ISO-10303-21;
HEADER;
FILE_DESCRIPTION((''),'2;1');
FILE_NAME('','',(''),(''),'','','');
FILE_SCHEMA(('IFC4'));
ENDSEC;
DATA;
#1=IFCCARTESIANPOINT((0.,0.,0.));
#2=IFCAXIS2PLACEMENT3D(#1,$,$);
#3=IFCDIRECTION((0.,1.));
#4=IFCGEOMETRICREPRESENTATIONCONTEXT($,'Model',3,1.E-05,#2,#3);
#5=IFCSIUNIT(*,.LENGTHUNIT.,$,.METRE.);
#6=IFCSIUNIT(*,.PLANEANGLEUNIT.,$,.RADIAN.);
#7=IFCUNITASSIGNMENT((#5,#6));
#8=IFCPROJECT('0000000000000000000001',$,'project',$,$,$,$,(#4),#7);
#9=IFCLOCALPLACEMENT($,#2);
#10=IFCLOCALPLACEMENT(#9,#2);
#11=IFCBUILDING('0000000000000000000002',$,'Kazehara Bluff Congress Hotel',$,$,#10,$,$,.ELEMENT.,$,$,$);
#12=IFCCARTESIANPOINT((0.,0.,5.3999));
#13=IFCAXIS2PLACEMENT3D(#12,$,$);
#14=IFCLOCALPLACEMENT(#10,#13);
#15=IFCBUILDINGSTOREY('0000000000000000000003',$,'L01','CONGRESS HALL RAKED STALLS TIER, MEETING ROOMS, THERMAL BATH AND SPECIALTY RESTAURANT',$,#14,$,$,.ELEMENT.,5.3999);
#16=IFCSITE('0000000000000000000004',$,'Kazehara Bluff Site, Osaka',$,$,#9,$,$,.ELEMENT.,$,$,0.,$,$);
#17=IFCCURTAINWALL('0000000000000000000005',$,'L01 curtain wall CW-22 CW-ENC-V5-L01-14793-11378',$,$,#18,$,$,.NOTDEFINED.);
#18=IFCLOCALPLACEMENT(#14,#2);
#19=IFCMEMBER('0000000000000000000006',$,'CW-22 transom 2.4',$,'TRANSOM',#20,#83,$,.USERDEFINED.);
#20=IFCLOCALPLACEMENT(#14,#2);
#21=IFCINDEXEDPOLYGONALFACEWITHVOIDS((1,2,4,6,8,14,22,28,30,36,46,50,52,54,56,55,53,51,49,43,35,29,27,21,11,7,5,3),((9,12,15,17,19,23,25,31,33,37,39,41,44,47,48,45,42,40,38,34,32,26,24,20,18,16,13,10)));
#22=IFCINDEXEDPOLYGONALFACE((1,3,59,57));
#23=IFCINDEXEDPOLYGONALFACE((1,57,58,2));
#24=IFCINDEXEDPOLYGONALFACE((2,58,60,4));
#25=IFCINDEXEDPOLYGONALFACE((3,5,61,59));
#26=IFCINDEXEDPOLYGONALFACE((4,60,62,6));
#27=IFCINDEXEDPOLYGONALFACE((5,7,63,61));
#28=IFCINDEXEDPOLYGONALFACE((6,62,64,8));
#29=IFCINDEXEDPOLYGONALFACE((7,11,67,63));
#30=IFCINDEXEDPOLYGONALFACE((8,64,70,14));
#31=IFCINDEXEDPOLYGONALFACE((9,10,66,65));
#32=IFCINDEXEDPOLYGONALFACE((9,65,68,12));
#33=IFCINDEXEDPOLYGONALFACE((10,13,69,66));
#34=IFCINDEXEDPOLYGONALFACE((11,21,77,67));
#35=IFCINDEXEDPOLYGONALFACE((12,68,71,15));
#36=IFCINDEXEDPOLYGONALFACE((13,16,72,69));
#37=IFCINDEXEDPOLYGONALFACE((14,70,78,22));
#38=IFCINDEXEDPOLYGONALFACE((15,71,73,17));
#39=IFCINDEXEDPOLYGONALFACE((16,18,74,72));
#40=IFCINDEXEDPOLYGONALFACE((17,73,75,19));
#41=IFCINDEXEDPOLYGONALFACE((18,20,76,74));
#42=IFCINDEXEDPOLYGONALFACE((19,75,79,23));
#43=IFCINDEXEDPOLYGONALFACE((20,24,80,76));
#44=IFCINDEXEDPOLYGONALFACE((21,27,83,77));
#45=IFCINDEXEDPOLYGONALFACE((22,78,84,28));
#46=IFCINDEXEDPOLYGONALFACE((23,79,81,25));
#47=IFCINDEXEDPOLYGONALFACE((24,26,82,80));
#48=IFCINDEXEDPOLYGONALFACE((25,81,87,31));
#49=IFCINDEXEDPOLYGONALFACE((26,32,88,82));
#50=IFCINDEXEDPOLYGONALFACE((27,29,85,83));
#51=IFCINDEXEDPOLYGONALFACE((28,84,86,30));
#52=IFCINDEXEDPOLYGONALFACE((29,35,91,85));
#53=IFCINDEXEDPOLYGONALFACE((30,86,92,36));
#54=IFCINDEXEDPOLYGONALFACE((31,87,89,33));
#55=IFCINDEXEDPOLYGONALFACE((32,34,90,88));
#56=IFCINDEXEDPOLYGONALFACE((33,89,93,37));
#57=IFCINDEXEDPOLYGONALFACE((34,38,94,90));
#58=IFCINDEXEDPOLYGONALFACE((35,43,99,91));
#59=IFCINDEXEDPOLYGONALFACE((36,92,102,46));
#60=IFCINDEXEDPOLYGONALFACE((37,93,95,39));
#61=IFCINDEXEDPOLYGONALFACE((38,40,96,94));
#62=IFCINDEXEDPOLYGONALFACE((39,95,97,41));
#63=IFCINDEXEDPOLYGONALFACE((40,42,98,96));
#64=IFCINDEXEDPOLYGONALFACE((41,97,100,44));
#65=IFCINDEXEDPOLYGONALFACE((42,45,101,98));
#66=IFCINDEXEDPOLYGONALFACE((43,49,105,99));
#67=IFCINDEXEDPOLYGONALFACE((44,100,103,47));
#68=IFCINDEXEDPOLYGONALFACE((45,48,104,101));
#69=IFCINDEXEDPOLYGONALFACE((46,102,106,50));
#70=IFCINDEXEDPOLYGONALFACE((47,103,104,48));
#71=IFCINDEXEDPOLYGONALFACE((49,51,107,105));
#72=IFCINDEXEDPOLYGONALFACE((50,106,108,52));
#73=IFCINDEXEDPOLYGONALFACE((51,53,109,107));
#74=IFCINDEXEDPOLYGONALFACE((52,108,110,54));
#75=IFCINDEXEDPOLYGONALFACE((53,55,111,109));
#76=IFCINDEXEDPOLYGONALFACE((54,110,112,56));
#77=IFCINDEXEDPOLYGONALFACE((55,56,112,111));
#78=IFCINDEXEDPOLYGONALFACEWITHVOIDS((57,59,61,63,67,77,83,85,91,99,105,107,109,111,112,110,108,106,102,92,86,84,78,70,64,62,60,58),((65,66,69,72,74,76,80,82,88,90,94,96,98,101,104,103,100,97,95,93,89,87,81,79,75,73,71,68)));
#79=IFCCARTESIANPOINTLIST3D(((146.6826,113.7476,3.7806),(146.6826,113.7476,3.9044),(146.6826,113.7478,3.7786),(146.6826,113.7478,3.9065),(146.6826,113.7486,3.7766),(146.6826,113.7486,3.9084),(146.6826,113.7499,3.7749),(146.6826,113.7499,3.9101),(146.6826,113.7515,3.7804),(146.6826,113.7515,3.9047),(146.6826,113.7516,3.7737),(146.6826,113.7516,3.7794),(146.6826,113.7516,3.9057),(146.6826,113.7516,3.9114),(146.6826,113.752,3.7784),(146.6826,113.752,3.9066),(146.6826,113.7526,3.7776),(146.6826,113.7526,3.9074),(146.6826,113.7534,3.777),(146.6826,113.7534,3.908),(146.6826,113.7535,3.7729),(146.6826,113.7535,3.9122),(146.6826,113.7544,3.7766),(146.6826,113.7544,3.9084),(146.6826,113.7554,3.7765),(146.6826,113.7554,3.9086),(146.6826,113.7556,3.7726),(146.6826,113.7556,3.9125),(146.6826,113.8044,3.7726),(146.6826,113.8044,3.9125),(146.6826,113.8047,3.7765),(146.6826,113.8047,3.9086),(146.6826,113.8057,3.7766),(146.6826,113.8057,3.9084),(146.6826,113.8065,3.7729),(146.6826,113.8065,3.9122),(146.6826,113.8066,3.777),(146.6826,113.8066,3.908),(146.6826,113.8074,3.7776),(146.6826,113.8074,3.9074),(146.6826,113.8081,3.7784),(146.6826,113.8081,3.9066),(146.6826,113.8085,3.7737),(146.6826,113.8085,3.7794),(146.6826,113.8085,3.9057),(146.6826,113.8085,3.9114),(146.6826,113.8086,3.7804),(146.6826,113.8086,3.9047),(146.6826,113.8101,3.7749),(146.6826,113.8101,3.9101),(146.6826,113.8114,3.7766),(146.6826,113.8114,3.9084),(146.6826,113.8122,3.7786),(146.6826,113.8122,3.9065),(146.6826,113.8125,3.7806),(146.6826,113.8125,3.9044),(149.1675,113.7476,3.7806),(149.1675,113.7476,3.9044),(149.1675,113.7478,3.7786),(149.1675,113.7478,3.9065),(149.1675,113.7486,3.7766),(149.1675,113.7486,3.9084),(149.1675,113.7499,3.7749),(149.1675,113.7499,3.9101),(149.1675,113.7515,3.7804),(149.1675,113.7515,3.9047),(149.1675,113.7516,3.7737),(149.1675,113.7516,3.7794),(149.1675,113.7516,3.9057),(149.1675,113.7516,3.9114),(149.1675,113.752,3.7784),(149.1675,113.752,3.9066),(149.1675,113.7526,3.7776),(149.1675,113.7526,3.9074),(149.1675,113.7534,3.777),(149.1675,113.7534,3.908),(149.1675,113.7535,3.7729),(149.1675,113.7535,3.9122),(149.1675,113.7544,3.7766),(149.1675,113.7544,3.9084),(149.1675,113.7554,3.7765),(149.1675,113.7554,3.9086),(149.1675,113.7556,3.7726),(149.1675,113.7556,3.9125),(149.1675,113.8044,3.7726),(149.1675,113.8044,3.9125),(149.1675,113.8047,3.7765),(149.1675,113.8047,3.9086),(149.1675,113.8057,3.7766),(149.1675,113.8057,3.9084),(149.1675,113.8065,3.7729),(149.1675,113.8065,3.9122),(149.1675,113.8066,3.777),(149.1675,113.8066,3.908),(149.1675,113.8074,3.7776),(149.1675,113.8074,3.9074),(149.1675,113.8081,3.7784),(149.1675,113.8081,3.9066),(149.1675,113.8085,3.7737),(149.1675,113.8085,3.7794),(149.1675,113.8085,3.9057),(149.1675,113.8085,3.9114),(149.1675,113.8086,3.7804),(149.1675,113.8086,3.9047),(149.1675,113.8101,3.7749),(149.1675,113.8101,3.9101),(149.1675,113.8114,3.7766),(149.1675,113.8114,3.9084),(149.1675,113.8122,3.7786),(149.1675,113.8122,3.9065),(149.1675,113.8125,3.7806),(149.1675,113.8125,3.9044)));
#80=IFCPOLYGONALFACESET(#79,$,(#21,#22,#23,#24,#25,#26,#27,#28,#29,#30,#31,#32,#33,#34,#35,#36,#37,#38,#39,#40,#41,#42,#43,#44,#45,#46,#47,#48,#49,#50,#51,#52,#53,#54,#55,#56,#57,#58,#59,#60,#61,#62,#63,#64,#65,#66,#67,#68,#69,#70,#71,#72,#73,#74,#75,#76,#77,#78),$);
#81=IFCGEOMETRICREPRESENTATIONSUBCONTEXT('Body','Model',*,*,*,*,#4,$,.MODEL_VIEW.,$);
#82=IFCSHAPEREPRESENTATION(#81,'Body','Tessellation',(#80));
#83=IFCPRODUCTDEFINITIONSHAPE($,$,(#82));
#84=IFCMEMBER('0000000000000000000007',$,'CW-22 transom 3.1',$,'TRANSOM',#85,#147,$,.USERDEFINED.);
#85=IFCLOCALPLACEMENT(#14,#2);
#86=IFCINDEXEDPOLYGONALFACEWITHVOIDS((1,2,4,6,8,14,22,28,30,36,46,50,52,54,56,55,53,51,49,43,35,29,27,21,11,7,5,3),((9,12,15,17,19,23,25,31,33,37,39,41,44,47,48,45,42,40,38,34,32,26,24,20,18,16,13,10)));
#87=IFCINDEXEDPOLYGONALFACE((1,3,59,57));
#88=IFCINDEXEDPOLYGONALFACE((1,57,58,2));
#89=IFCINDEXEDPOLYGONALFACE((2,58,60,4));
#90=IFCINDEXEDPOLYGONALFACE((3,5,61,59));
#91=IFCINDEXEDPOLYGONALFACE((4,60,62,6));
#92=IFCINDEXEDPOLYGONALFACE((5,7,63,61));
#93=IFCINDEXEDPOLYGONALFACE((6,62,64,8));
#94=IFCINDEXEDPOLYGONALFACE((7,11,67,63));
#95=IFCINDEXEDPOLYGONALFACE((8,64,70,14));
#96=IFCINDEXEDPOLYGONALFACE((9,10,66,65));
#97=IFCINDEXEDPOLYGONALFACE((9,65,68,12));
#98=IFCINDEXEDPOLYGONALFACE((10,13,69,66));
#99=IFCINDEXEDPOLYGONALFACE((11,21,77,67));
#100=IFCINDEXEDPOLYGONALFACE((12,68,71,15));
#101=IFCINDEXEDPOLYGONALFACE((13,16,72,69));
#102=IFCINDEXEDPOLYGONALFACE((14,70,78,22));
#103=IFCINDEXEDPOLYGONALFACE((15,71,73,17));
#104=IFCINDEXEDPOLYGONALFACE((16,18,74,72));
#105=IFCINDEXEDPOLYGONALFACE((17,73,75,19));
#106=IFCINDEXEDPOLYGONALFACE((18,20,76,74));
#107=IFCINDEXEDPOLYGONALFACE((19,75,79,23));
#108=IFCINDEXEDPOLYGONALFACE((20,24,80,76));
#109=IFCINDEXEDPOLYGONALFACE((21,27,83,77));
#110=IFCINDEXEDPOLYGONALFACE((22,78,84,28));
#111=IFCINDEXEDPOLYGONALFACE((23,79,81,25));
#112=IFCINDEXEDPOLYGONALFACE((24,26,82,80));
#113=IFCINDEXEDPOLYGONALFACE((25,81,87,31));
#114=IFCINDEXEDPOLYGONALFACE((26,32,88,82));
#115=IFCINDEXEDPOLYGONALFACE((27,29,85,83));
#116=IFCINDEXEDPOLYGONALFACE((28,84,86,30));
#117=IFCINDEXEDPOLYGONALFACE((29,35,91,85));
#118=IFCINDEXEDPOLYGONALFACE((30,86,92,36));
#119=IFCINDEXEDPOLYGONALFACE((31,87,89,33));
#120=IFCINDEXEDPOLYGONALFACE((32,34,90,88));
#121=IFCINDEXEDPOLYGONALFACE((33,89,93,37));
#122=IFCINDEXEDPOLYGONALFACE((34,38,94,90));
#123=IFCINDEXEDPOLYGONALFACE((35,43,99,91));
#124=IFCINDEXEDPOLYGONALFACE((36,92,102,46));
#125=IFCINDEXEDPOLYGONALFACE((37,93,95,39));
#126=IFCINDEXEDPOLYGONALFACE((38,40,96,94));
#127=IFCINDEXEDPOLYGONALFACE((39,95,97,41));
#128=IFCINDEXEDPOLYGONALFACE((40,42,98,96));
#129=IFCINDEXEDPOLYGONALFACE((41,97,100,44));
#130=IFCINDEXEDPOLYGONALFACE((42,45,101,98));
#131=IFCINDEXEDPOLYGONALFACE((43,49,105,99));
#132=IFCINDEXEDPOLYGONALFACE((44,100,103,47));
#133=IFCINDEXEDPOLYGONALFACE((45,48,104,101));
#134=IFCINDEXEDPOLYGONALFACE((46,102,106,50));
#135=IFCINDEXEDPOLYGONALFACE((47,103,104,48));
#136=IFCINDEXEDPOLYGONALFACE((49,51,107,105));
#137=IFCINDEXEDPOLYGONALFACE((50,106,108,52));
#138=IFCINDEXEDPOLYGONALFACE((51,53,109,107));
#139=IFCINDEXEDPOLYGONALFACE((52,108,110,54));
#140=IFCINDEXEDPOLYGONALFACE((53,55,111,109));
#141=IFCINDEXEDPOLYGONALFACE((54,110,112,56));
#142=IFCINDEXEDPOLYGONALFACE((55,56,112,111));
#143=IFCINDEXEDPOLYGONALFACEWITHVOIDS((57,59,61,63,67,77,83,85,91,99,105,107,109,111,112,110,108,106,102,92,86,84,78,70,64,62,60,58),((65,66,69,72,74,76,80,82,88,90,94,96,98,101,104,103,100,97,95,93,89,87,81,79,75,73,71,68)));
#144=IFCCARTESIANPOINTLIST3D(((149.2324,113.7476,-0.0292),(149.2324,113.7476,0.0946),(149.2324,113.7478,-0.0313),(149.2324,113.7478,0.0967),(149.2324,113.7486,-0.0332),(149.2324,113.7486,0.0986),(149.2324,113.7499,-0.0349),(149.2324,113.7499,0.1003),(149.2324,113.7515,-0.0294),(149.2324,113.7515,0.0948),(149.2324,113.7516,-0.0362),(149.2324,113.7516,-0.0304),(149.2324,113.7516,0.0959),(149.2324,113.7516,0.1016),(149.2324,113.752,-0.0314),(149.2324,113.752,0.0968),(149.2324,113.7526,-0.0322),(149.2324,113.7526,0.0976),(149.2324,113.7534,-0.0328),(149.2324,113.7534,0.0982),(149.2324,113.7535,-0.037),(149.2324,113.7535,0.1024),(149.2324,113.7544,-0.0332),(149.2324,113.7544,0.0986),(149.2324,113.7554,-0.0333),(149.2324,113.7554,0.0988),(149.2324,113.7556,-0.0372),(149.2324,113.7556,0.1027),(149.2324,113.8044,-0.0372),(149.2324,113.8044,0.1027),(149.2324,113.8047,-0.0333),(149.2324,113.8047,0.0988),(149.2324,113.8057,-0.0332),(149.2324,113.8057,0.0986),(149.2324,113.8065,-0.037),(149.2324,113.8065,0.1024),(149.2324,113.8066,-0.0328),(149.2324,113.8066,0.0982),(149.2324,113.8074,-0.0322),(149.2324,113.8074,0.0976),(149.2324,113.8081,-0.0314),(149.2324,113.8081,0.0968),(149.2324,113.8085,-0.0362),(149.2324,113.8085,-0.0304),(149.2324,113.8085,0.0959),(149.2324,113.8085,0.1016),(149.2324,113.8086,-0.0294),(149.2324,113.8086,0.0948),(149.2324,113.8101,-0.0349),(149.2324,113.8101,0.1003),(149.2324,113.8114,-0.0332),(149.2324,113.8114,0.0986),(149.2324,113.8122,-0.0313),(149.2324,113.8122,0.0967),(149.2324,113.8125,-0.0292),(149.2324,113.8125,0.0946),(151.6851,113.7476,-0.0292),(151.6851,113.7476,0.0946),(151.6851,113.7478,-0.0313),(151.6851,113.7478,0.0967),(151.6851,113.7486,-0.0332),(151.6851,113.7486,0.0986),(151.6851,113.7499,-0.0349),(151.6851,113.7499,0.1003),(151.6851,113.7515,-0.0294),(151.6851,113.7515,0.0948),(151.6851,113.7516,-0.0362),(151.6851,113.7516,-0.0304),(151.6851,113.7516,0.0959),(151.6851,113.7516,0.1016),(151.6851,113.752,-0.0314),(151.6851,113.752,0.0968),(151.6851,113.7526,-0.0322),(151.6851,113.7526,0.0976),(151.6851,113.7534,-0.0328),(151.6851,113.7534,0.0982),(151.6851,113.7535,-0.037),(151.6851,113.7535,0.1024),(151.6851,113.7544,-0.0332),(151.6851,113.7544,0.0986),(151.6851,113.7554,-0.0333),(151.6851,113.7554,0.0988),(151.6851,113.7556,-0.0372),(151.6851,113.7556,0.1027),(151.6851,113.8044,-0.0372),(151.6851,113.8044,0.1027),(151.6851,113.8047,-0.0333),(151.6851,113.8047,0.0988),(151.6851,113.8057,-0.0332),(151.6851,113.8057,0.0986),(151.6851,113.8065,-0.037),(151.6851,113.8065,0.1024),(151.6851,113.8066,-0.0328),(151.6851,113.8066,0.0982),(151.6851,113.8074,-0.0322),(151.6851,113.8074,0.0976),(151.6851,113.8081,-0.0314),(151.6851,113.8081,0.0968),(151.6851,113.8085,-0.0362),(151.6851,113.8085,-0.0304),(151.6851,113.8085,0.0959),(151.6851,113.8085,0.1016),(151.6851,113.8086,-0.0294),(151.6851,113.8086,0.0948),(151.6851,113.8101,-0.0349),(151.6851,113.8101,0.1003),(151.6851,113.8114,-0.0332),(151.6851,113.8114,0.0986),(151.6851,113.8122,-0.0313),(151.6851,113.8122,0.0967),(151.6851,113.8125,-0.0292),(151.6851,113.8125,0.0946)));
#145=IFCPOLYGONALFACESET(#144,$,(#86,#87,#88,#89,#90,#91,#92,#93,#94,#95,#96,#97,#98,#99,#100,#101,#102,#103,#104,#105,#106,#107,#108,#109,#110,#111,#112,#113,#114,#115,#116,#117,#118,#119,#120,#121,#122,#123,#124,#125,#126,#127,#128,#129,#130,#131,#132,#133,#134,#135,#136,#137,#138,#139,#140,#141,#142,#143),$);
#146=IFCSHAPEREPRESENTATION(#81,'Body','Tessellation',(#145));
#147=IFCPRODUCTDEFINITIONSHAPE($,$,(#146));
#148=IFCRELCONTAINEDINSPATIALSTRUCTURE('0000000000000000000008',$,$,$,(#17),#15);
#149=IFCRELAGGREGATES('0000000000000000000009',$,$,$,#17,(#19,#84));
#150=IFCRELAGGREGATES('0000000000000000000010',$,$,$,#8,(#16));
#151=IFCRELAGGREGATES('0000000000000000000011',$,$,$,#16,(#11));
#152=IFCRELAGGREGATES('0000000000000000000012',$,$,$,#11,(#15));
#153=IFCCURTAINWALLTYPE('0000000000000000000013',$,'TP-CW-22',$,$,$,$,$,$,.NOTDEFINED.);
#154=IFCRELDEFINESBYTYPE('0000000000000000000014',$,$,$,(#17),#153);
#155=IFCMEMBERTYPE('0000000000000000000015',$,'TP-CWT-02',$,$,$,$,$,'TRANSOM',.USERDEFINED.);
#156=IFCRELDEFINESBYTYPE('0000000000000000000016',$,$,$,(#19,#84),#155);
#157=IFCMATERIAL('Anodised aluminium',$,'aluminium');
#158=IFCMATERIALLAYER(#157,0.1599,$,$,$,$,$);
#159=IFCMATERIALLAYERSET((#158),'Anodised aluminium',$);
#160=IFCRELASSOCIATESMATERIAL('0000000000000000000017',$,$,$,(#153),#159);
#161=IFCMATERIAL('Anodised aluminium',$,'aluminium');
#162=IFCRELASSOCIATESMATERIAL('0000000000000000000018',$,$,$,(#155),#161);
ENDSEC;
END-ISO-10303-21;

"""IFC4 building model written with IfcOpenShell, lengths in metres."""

from ifc_helpers import new_model, si_unit, direction, frame, origin, origin_2d, place, context, subcontext, project, spatial, hollow_rectangle, extrude, material, layer, layer_set, material_profile, profile_set, type_object, element, aggregate, save


model = new_model("IFC4")

# Units and contexts
model_context = context("Model", 3, precision=1e-05, world=origin(), true_north=direction((0.0, 1.0)))
body_context = subcontext(model_context, "Body", "Model", "MODEL_VIEW")
ifc_project = project(units=[si_unit("LENGTHUNIT", "METRE"), si_unit("PLANEANGLEUNIT", "RADIAN")], contexts=[model_context])

# Site, building, storey
site_placement = place(None, origin())
site = spatial("IfcSite", under=ifc_project, at=site_placement, Name="Kazehara Bluff Site, Osaka", CompositionType="ELEMENT", RefElevation=0.0)
building_placement = place(site_placement, origin())
building = spatial("IfcBuilding", under=site, at=building_placement, Name="Kazehara Bluff Congress Hotel", CompositionType="ELEMENT")
storey_placement = place(building_placement, frame((0.0, 0.0, 5.3999)))
storey = spatial("IfcBuildingStorey", under=building, at=storey_placement, Name="L01", Description="CONGRESS HALL RAKED STALLS TIER, MEETING ROOMS, THERMAL BATH AND SPECIALTY RESTAURANT", CompositionType="ELEMENT", Elevation=5.3999)

# Curtain wall
ifc_material_1 = material(Name="Anodised aluminium", Category="aluminium")
ifc_layer_1 = layer(ifc_material_1, 0.1599)
ifc_layer_set_1 = layer_set([ifc_layer_1], Name="Anodised aluminium")
curtain_wall_type = type_object("IfcCurtainWallType", Name="TP-CW-22", PredefinedType="NOTDEFINED", material=ifc_layer_set_1)
curtain_wall_1_placement = place(storey_placement, origin())
curtain_wall_1 = element("IfcCurtainWall", 1, at=curtain_wall_1_placement, inside=storey, type_object=curtain_wall_type, Name="L01 curtain wall CW-22 CW-ENC-V5-L01-14793-11378", PredefinedType="NOTDEFINED")

# Members
ifc_material_2 = material(Name="Anodised aluminium", Category="aluminium")
ifc_material_profile_1 = material_profile(ifc_material_2, hollow_rectangle(XDim=0.0649, YDim=0.1399, WallThickness=0.0039, InnerFilletRadius=0.0039, OuterFilletRadius=0.0081, at=origin_2d()))
ifc_profile_set_1 = profile_set([ifc_material_profile_1], Name="Anodised aluminium")
member_type_1 = type_object("IfcMemberType", Name="TP-CWT-02", ElementType="TRANSOM", PredefinedType="USERDEFINED", material=ifc_profile_set_1)
member_1_placement = place(storey_placement, frame((146.6826, 113.78, 3.8425), z_axis=(1.0, 0.0, 0.0), x_axis=(0.0, 1.0, 0.0)))
member_1 = element("IfcMember", 2, at=member_1_placement, type_object=member_type_1, Name="CW-22 transom 2.4", ObjectType="TRANSOM", PredefinedType="USERDEFINED", context=body_context, shape_type="SweptSolid", body=[
    extrude(hollow_rectangle(XDim=0.0649, YDim=0.1399, WallThickness=0.0039, InnerFilletRadius=0.0039, OuterFilletRadius=0.0081, at=origin_2d()), origin(), (0.0, 0.0, 1.0), 2.4849),
])
member_2_placement = place(storey_placement, frame((149.2324, 113.78, 0.0327), z_axis=(1.0, 0.0, 0.0), x_axis=(0.0, 1.0, 0.0)))
member_2 = element("IfcMember", 3, at=member_2_placement, type_object=member_type_1, Name="CW-22 transom 3.1", ObjectType="TRANSOM", PredefinedType="USERDEFINED", context=body_context, shape_type="SweptSolid", body=[
    extrude(hollow_rectangle(XDim=0.0649, YDim=0.1399, WallThickness=0.0039, InnerFilletRadius=0.0039, OuterFilletRadius=0.0081, at=origin_2d()), origin(), (0.0, 0.0, 1.0), 2.4526),
])

aggregate(curtain_wall_1, [member_1, member_2])

save(model, "model.ifc")
